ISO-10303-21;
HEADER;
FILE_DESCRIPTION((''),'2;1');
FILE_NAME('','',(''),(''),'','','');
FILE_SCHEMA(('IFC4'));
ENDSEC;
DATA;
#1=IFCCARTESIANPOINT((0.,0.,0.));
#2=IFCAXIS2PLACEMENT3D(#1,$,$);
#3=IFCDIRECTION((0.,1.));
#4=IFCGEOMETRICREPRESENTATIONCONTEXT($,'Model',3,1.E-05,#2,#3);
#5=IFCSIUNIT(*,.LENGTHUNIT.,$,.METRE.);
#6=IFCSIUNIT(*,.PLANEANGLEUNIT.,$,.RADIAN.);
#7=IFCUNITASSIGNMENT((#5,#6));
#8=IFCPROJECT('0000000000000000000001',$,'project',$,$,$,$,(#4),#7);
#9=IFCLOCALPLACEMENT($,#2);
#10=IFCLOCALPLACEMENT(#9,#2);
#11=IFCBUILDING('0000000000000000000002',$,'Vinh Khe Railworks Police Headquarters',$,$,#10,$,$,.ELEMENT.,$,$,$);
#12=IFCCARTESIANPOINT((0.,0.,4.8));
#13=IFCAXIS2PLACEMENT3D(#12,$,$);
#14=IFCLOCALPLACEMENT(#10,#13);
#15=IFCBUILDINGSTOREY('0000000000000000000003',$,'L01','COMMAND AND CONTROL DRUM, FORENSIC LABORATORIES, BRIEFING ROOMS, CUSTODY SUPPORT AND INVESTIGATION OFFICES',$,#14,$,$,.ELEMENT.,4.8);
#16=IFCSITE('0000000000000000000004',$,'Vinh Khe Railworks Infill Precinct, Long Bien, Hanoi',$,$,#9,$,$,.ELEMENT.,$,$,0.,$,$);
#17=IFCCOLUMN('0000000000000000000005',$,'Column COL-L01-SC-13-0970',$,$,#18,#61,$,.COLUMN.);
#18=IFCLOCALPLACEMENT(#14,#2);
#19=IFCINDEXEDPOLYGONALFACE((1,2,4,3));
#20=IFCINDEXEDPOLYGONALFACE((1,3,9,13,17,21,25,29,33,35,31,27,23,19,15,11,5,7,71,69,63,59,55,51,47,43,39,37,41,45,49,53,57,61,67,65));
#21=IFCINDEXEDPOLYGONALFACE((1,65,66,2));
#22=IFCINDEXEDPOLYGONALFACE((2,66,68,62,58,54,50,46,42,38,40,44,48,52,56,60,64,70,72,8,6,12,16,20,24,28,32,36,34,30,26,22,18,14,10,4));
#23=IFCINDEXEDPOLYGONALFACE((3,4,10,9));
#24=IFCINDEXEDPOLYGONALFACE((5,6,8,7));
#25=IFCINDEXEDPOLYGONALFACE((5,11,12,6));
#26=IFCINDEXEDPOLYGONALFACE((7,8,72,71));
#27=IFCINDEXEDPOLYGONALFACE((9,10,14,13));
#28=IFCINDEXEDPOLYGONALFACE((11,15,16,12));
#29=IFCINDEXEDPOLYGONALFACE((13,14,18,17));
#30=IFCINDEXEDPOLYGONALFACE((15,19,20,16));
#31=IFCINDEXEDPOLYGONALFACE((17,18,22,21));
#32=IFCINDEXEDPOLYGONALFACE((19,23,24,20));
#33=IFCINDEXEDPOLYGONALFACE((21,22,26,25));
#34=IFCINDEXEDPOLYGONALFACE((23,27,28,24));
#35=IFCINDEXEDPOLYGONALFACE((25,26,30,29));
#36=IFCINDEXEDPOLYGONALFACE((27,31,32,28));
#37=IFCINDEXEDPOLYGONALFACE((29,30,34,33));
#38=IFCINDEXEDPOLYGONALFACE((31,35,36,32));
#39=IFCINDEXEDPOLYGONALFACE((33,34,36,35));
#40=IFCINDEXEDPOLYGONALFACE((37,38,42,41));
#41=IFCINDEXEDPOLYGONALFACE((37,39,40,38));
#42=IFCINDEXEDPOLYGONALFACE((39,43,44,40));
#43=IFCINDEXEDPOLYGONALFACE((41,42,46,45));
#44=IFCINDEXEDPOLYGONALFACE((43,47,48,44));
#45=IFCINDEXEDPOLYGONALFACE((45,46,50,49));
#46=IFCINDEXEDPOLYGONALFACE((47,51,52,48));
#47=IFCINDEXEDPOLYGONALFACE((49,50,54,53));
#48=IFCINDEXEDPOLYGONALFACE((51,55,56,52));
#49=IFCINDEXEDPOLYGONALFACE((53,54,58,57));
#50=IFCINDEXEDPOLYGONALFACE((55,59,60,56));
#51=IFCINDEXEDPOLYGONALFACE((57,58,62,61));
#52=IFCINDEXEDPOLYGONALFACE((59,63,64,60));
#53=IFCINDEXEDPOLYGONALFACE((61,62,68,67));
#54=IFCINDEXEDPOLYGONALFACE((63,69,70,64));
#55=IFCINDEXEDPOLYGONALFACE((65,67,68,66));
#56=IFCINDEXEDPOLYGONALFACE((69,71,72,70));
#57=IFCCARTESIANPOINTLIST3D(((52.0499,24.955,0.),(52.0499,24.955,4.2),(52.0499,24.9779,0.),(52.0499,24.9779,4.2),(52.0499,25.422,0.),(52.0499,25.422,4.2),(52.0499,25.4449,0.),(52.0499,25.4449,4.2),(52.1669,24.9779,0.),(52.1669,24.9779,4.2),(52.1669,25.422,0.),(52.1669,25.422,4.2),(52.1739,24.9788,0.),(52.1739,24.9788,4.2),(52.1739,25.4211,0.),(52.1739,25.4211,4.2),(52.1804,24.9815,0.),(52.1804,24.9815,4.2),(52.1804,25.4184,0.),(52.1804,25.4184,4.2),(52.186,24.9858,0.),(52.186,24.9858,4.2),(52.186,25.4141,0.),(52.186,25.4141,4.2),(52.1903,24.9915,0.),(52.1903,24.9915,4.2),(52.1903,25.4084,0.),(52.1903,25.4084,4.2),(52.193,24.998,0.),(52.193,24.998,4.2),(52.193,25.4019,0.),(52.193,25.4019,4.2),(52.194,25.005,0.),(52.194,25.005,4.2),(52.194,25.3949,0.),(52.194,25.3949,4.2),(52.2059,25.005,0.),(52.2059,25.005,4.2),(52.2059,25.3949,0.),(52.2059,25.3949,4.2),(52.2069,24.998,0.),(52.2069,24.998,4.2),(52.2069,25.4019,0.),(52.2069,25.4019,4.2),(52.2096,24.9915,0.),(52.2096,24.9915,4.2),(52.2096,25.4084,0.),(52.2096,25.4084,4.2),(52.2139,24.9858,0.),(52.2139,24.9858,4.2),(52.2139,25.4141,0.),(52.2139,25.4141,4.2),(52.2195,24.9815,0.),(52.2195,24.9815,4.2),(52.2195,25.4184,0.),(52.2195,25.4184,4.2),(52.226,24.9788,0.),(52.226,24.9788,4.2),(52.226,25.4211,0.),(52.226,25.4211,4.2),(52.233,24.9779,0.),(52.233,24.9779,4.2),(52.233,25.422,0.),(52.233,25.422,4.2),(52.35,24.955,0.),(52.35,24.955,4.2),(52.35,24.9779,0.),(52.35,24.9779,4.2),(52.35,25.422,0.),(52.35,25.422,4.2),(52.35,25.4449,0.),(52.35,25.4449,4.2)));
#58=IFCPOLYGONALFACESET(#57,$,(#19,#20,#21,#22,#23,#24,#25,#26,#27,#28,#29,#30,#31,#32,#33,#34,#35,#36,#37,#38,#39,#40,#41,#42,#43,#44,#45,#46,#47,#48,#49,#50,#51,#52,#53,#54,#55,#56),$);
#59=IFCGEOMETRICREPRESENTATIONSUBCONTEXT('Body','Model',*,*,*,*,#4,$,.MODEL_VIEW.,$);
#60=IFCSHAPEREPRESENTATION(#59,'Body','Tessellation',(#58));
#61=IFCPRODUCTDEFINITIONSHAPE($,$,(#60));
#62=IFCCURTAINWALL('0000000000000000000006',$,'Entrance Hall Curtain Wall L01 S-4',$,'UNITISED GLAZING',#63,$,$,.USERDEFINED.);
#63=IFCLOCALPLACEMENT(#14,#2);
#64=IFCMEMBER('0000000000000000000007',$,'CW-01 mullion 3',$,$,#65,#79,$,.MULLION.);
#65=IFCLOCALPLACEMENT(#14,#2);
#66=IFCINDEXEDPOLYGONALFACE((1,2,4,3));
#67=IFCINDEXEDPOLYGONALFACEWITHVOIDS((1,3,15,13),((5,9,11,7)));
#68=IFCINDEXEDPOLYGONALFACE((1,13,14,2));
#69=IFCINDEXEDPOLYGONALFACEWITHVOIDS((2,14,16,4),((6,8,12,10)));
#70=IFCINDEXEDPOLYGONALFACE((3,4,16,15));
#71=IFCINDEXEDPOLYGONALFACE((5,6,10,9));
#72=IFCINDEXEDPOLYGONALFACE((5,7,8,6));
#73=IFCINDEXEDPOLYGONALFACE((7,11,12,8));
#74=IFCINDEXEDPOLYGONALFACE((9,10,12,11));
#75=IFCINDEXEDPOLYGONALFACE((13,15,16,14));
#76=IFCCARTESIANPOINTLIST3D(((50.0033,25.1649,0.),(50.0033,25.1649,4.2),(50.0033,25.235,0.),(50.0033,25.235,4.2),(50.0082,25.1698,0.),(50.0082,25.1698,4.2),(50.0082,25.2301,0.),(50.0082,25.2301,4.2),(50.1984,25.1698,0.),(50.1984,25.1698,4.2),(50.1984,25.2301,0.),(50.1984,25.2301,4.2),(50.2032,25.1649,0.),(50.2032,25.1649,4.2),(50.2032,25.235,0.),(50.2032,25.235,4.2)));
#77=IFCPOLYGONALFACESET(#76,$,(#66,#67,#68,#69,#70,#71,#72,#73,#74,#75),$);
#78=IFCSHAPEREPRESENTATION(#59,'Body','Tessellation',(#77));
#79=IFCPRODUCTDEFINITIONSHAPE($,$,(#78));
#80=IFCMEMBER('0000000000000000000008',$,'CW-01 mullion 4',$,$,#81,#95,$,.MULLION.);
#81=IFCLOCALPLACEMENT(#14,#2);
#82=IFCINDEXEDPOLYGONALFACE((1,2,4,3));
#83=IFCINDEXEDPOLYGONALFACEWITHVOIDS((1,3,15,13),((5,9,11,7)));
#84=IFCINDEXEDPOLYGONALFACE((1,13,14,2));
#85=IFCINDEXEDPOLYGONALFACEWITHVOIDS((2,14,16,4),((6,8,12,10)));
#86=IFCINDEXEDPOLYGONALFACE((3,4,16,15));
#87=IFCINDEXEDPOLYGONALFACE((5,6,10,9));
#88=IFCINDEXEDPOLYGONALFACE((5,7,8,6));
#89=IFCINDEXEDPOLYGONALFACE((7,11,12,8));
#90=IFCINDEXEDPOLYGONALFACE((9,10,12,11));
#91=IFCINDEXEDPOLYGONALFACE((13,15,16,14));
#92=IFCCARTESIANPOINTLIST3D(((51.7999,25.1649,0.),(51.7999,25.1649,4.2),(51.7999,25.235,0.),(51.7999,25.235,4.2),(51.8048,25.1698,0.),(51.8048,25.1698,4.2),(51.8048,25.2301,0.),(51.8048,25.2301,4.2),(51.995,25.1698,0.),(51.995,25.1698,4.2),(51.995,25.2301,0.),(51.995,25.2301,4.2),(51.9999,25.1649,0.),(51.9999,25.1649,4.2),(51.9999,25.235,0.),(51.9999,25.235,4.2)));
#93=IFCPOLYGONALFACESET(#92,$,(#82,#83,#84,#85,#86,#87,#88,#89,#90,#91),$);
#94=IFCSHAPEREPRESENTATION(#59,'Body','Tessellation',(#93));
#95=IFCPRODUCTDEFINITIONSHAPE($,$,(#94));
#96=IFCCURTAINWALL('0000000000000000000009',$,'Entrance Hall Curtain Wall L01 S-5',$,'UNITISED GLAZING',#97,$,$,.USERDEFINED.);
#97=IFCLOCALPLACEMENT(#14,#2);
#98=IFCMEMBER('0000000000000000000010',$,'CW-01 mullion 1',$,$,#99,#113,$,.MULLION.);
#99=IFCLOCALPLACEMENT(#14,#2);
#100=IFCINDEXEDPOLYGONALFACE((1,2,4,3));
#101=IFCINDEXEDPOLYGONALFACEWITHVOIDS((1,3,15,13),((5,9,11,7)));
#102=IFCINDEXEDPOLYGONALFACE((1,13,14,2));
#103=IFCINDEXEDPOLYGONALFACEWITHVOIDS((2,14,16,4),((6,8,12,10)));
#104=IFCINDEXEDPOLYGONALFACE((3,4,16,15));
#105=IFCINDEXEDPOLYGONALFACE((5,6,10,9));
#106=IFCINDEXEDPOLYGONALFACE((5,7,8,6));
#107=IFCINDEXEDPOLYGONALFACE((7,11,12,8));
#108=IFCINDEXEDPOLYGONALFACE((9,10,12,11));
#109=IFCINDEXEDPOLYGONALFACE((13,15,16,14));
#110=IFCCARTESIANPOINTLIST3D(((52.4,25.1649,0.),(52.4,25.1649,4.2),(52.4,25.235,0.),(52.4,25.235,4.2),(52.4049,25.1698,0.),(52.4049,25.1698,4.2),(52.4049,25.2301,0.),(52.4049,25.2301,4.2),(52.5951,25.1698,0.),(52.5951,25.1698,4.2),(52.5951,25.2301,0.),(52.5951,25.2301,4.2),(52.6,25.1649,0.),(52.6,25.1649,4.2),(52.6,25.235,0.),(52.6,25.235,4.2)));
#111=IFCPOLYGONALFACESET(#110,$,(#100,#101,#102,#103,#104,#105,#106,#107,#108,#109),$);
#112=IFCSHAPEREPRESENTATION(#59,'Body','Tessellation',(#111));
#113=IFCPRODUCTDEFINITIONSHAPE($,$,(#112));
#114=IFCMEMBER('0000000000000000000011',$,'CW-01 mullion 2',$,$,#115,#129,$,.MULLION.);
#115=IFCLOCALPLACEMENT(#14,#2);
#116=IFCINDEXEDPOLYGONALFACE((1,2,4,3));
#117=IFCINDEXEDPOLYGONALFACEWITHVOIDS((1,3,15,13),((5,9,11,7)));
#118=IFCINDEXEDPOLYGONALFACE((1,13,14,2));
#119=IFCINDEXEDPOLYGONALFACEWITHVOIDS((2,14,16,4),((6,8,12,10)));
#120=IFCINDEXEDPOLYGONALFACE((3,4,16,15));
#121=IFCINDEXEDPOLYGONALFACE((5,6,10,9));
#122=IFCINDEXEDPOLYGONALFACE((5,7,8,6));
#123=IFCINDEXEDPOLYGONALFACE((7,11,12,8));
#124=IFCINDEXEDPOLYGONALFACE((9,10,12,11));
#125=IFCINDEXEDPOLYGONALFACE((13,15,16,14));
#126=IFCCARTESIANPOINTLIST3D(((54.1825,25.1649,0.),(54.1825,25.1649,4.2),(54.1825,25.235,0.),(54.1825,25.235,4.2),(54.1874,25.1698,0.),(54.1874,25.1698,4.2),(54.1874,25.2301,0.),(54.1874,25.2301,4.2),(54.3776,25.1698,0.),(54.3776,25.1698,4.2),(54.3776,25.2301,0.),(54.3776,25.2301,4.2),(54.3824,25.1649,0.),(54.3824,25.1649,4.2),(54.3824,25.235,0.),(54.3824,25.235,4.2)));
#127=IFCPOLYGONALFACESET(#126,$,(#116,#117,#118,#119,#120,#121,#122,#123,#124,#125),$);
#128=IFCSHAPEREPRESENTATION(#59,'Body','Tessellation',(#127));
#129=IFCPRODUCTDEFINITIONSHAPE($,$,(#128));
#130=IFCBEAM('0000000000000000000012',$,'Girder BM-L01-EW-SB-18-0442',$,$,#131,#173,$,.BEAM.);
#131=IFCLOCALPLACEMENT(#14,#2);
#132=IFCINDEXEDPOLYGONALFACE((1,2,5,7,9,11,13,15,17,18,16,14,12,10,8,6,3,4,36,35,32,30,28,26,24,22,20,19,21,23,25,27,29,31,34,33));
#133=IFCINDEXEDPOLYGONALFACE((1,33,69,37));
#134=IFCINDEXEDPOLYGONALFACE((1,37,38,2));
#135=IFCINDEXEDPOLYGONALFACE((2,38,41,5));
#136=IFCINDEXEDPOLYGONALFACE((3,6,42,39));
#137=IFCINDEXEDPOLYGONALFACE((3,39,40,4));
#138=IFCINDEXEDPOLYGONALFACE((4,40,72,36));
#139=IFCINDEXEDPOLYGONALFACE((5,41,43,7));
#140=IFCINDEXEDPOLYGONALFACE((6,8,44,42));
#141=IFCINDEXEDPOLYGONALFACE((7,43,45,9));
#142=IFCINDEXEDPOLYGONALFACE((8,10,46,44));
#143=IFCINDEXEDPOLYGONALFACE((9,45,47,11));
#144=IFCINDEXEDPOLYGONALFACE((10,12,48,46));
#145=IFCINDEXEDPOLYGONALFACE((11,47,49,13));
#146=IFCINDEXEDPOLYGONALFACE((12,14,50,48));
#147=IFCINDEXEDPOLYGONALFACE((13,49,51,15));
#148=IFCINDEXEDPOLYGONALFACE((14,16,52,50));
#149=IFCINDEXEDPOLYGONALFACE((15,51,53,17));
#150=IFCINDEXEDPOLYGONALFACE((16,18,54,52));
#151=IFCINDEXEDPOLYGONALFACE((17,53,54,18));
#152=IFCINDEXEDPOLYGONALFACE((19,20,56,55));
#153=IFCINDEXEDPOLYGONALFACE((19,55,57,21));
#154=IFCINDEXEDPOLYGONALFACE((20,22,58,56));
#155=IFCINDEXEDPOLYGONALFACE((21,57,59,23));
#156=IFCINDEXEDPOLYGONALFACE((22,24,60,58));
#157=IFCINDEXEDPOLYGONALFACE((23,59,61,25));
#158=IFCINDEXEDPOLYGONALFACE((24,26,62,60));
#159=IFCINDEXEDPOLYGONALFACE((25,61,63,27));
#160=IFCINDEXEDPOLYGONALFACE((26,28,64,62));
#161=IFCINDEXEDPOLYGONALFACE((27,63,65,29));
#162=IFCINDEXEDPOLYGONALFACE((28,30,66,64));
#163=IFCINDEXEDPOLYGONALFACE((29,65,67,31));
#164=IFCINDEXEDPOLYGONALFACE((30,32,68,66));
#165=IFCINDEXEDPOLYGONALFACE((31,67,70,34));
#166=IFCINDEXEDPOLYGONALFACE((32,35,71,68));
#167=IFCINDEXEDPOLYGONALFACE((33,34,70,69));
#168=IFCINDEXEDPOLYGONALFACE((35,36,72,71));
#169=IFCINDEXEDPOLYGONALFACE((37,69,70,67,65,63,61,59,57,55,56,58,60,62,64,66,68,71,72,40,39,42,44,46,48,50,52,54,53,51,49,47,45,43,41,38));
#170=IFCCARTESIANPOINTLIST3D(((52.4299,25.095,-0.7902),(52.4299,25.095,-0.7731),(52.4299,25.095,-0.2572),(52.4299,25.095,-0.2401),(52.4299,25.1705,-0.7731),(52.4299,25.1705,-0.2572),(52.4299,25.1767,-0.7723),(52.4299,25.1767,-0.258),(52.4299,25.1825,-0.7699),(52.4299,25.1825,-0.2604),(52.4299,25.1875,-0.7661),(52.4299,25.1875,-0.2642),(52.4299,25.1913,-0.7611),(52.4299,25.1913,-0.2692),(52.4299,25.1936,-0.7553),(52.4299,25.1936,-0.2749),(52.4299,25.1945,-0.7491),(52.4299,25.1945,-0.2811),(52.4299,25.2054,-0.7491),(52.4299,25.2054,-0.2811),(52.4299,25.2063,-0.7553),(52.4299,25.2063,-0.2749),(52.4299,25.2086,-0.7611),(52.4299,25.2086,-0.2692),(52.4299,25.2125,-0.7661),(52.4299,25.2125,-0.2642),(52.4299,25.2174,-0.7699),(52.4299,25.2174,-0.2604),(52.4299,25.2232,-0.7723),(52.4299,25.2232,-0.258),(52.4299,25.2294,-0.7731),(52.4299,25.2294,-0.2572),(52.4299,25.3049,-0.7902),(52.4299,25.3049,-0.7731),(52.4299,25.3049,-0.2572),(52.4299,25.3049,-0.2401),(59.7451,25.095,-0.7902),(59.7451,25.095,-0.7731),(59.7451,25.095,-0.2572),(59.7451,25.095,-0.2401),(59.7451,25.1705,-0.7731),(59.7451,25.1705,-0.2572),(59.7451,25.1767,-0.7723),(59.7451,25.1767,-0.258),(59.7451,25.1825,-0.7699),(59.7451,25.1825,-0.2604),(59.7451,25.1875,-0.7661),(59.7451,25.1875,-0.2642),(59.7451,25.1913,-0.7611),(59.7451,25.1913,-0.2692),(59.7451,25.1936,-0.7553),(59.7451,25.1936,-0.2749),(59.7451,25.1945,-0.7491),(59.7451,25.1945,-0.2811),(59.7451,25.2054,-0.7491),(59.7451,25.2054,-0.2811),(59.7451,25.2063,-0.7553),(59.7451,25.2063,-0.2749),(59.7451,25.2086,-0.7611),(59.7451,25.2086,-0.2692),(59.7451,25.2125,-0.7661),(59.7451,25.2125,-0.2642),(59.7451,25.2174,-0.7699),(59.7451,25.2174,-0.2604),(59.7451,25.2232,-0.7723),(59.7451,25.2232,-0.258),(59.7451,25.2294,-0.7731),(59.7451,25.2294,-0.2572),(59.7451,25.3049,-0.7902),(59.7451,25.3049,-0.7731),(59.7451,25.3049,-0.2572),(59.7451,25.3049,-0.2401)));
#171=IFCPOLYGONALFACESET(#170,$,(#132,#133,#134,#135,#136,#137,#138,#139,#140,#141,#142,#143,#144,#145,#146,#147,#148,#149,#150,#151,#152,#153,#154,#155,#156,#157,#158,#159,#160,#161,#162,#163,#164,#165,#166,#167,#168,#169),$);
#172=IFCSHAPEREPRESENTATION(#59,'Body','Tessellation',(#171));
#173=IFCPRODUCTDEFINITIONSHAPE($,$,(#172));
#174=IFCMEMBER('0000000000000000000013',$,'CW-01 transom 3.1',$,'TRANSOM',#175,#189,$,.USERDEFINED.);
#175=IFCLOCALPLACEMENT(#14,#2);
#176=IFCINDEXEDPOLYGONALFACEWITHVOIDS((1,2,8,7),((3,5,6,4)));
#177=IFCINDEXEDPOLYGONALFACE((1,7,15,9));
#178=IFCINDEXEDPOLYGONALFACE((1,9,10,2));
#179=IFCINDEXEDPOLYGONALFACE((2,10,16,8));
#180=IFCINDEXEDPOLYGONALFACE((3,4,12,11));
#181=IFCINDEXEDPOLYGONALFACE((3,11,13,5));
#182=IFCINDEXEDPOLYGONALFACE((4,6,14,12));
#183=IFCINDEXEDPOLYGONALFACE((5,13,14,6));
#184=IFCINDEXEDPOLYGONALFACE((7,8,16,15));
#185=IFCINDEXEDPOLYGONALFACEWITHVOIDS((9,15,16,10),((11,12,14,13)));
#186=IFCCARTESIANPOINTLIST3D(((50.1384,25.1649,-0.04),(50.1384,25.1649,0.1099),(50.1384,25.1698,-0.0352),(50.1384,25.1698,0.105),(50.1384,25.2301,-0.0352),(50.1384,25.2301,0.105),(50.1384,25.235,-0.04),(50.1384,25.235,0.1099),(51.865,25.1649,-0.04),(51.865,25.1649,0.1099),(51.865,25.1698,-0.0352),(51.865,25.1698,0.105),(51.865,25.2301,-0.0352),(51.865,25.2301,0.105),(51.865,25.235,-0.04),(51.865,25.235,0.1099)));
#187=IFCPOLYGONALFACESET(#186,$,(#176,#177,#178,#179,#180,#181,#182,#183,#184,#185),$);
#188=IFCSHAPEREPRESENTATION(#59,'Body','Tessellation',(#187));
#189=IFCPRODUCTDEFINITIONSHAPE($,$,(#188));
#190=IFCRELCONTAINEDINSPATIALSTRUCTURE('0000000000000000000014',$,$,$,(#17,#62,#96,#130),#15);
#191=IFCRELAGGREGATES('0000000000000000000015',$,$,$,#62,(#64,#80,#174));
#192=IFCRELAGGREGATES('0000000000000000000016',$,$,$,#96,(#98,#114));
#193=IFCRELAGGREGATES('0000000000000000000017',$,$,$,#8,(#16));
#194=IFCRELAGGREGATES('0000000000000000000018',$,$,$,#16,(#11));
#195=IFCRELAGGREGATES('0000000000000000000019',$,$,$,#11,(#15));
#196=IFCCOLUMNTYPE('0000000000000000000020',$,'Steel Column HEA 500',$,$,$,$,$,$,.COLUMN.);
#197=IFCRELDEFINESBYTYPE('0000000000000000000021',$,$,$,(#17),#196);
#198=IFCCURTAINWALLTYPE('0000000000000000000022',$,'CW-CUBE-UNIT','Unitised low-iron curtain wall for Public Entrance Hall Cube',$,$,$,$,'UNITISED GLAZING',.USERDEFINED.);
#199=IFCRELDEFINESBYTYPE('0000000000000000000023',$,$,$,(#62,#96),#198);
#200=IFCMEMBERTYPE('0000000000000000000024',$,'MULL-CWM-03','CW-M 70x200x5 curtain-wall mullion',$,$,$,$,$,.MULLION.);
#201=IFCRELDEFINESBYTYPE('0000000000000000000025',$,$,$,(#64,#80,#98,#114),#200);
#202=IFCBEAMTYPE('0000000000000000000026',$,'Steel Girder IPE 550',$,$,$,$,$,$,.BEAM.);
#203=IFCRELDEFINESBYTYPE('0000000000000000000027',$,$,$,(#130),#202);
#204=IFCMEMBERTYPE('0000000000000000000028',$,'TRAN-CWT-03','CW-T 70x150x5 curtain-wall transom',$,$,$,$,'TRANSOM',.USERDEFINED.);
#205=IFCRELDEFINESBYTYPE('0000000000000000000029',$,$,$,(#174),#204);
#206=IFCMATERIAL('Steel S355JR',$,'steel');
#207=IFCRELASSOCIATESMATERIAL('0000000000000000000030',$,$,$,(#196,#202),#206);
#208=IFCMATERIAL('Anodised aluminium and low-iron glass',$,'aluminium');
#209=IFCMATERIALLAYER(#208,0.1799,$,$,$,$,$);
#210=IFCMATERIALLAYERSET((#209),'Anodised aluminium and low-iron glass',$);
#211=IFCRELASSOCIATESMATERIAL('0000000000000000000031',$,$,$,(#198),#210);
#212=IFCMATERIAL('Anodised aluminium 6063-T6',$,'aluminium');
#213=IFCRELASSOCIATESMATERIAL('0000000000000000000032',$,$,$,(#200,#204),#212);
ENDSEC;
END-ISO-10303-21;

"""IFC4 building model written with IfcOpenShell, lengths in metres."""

from ifc_helpers import new_model, si_unit, direction, frame, origin, origin_2d, place, context, subcontext, project, spatial, hollow_rectangle, i_section, extrude, material, layer, layer_set, material_profile, profile_set, type_object, element, aggregate, save


model = new_model("IFC4")

# Units and contexts
model_context = context("Model", 3, precision=1e-05, world=origin(), true_north=direction((0.0, 1.0)))
body_context = subcontext(model_context, "Body", "Model", "MODEL_VIEW")
ifc_project = project(units=[si_unit("LENGTHUNIT", "METRE"), si_unit("PLANEANGLEUNIT", "RADIAN")], contexts=[model_context])

# Site, building, storey
site_placement = place(None, origin())
site = spatial("IfcSite", under=ifc_project, at=site_placement, Name="Vinh Khe Railworks Infill Precinct, Long Bien, Hanoi", CompositionType="ELEMENT", RefElevation=0.0)
building_placement = place(site_placement, origin())
building = spatial("IfcBuilding", under=site, at=building_placement, Name="Vinh Khe Railworks Police Headquarters", CompositionType="ELEMENT")
storey_placement = place(building_placement, frame((0.0, 0.0, 4.8)))
storey = spatial("IfcBuildingStorey", under=building, at=storey_placement, Name="L01", Description="COMMAND AND CONTROL DRUM, FORENSIC LABORATORIES, BRIEFING ROOMS, CUSTODY SUPPORT AND INVESTIGATION OFFICES", CompositionType="ELEMENT", Elevation=4.8)

# Column
ifc_material_1 = material(Name="Steel S355JR", Category="steel")
ifc_material_profile_1 = material_profile(ifc_material_1, i_section(OverallWidth=0.3, OverallDepth=0.49, WebThickness=0.012, FlangeThickness=0.0229, FilletRadius=0.0271, at=origin_2d()), Name="HEA 500")
ifc_profile_set_1 = profile_set([ifc_material_profile_1], Name="Steel S355JR")
column_type = type_object("IfcColumnType", Name="Steel Column HEA 500", PredefinedType="COLUMN", material=ifc_profile_set_1)
column_placement = place(storey_placement, frame((52.2, 25.2, 0.0), z_axis=(0.0, 0.0, 1.0), x_axis=(1.0, 0.0, 0.0)))
element("IfcColumn", 1, at=column_placement, inside=storey, type_object=column_type, Name="Column COL-L01-SC-13-0970", PredefinedType="COLUMN", context=body_context, shape_type="SweptSolid", body=[
    extrude(i_section(OverallWidth=0.3, OverallDepth=0.49, WebThickness=0.012, FlangeThickness=0.0229, FilletRadius=0.0271, at=origin_2d()), origin(), (0.0, 0.0, 1.0), 4.2),
])

# Curtain walls, members
ifc_material_2 = material(Name="Anodised aluminium and low-iron glass", Category="aluminium")
ifc_layer_1 = layer(ifc_material_2, 0.1799)
ifc_layer_set_1 = layer_set([ifc_layer_1], Name="Anodised aluminium and low-iron glass")
curtain_wall_type = type_object("IfcCurtainWallType", Name="CW-CUBE-UNIT", Description="Unitised low-iron curtain wall for Public Entrance Hall Cube", ElementType="UNITISED GLAZING", PredefinedType="USERDEFINED", material=ifc_layer_set_1)
curtain_wall_1_placement = place(storey_placement, origin())
curtain_wall_1 = element("IfcCurtainWall", 2, at=curtain_wall_1_placement, inside=storey, type_object=curtain_wall_type, Name="Entrance Hall Curtain Wall L01 S-4", ObjectType="UNITISED GLAZING", PredefinedType="USERDEFINED")
ifc_material_3 = material(Name="Anodised aluminium 6063-T6", Category="aluminium")
ifc_material_profile_2 = material_profile(ifc_material_3, hollow_rectangle(XDim=0.0701, YDim=0.2, WallThickness=0.0049, at=origin_2d()), Name="CW-M 70x200x5")
ifc_profile_set_2 = profile_set([ifc_material_profile_2], Name="Anodised aluminium 6063-T6")
member_type_1 = type_object("IfcMemberType", Name="MULL-CWM-03", Description="CW-M 70x200x5 curtain-wall mullion", PredefinedType="MULLION", material=ifc_profile_set_2)
member_1_placement = place(storey_placement, frame((50.1033, 25.2, 0.0), z_axis=(0.0, 0.0, 1.0), x_axis=(0.0, 1.0, 0.0)))
member_1 = element("IfcMember", 3, at=member_1_placement, type_object=member_type_1, Name="CW-01 mullion 3", PredefinedType="MULLION", context=body_context, shape_type="SweptSolid", body=[
    extrude(hollow_rectangle(XDim=0.0701, YDim=0.2, WallThickness=0.0049, at=origin_2d()), origin(), (0.0, 0.0, 1.0), 4.2),
])
member_2_placement = place(storey_placement, frame((51.8999, 25.2, 0.0), z_axis=(0.0, 0.0, 1.0), x_axis=(0.0, 1.0, 0.0)))
member_2 = element("IfcMember", 4, at=member_2_placement, type_object=member_type_1, Name="CW-01 mullion 4", PredefinedType="MULLION", context=body_context, shape_type="SweptSolid", body=[
    extrude(hollow_rectangle(XDim=0.0701, YDim=0.2, WallThickness=0.0049, at=origin_2d()), origin(), (0.0, 0.0, 1.0), 4.2),
])
curtain_wall_2_placement = place(storey_placement, origin())
curtain_wall_2 = element("IfcCurtainWall", 5, at=curtain_wall_2_placement, inside=storey, type_object=curtain_wall_type, Name="Entrance Hall Curtain Wall L01 S-5", ObjectType="UNITISED GLAZING", PredefinedType="USERDEFINED")
member_3_placement = place(storey_placement, frame((52.5, 25.2, 0.0), z_axis=(0.0, 0.0, 1.0), x_axis=(0.0, 1.0, 0.0)))
member_3 = element("IfcMember", 6, at=member_3_placement, type_object=member_type_1, Name="CW-01 mullion 1", PredefinedType="MULLION", context=body_context, shape_type="SweptSolid", body=[
    extrude(hollow_rectangle(XDim=0.0701, YDim=0.2, WallThickness=0.0049, at=origin_2d()), origin(), (0.0, 0.0, 1.0), 4.2),
])
member_4_placement = place(storey_placement, frame((54.2825, 25.2, 0.0), z_axis=(0.0, 0.0, 1.0), x_axis=(0.0, 1.0, 0.0)))
member_4 = element("IfcMember", 7, at=member_4_placement, type_object=member_type_1, Name="CW-01 mullion 2", PredefinedType="MULLION", context=body_context, shape_type="SweptSolid", body=[
    extrude(hollow_rectangle(XDim=0.0701, YDim=0.2, WallThickness=0.0049, at=origin_2d()), origin(), (0.0, 0.0, 1.0), 4.2),
])

# Beam
ifc_material_profile_3 = material_profile(ifc_material_1, i_section(OverallWidth=0.21, OverallDepth=0.55, WebThickness=0.011, FlangeThickness=0.0171, FilletRadius=0.0239, at=origin_2d()), Name="IPE 550")
ifc_profile_set_3 = profile_set([ifc_material_profile_3], Name="Steel S355JR")
beam_type = type_object("IfcBeamType", Name="Steel Girder IPE 550", PredefinedType="BEAM", material=ifc_profile_set_3)
beam_placement = place(storey_placement, frame((52.4299, 25.2, -0.5151), z_axis=(1.0, 0.0, 0.0), x_axis=(0.0, 1.0, 0.0)))
element("IfcBeam", 8, at=beam_placement, inside=storey, type_object=beam_type, Name="Girder BM-L01-EW-SB-18-0442", PredefinedType="BEAM", context=body_context, shape_type="SweptSolid", body=[
    extrude(i_section(OverallWidth=0.21, OverallDepth=0.55, WebThickness=0.011, FlangeThickness=0.0171, FilletRadius=0.0239, at=origin_2d()), origin(), (0.0, 0.0, 1.0), 7.3152),
])

# Member
ifc_material_profile_4 = material_profile(ifc_material_3, hollow_rectangle(XDim=0.0701, YDim=0.1499, WallThickness=0.0049, at=origin_2d()), Name="CW-T 70x150x5")
ifc_profile_set_4 = profile_set([ifc_material_profile_4], Name="Anodised aluminium 6063-T6")
member_type_2 = type_object("IfcMemberType", Name="TRAN-CWT-03", Description="CW-T 70x150x5 curtain-wall transom", ElementType="TRANSOM", PredefinedType="USERDEFINED", material=ifc_profile_set_4)
member_5_placement = place(storey_placement, frame((50.1384, 25.2, 0.0349), z_axis=(1.0, 0.0, 0.0), x_axis=(0.0, 1.0, 0.0)))
member_5 = element("IfcMember", 9, at=member_5_placement, type_object=member_type_2, Name="CW-01 transom 3.1", ObjectType="TRANSOM", PredefinedType="USERDEFINED", context=body_context, shape_type="SweptSolid", body=[
    extrude(hollow_rectangle(XDim=0.0701, YDim=0.1499, WallThickness=0.0049, at=origin_2d()), origin(), (0.0, 0.0, 1.0), 1.7266),
])

aggregate(curtain_wall_1, [member_1, member_2, member_5])
aggregate(curtain_wall_2, [member_3, member_4])

save(model, "model.ifc")
